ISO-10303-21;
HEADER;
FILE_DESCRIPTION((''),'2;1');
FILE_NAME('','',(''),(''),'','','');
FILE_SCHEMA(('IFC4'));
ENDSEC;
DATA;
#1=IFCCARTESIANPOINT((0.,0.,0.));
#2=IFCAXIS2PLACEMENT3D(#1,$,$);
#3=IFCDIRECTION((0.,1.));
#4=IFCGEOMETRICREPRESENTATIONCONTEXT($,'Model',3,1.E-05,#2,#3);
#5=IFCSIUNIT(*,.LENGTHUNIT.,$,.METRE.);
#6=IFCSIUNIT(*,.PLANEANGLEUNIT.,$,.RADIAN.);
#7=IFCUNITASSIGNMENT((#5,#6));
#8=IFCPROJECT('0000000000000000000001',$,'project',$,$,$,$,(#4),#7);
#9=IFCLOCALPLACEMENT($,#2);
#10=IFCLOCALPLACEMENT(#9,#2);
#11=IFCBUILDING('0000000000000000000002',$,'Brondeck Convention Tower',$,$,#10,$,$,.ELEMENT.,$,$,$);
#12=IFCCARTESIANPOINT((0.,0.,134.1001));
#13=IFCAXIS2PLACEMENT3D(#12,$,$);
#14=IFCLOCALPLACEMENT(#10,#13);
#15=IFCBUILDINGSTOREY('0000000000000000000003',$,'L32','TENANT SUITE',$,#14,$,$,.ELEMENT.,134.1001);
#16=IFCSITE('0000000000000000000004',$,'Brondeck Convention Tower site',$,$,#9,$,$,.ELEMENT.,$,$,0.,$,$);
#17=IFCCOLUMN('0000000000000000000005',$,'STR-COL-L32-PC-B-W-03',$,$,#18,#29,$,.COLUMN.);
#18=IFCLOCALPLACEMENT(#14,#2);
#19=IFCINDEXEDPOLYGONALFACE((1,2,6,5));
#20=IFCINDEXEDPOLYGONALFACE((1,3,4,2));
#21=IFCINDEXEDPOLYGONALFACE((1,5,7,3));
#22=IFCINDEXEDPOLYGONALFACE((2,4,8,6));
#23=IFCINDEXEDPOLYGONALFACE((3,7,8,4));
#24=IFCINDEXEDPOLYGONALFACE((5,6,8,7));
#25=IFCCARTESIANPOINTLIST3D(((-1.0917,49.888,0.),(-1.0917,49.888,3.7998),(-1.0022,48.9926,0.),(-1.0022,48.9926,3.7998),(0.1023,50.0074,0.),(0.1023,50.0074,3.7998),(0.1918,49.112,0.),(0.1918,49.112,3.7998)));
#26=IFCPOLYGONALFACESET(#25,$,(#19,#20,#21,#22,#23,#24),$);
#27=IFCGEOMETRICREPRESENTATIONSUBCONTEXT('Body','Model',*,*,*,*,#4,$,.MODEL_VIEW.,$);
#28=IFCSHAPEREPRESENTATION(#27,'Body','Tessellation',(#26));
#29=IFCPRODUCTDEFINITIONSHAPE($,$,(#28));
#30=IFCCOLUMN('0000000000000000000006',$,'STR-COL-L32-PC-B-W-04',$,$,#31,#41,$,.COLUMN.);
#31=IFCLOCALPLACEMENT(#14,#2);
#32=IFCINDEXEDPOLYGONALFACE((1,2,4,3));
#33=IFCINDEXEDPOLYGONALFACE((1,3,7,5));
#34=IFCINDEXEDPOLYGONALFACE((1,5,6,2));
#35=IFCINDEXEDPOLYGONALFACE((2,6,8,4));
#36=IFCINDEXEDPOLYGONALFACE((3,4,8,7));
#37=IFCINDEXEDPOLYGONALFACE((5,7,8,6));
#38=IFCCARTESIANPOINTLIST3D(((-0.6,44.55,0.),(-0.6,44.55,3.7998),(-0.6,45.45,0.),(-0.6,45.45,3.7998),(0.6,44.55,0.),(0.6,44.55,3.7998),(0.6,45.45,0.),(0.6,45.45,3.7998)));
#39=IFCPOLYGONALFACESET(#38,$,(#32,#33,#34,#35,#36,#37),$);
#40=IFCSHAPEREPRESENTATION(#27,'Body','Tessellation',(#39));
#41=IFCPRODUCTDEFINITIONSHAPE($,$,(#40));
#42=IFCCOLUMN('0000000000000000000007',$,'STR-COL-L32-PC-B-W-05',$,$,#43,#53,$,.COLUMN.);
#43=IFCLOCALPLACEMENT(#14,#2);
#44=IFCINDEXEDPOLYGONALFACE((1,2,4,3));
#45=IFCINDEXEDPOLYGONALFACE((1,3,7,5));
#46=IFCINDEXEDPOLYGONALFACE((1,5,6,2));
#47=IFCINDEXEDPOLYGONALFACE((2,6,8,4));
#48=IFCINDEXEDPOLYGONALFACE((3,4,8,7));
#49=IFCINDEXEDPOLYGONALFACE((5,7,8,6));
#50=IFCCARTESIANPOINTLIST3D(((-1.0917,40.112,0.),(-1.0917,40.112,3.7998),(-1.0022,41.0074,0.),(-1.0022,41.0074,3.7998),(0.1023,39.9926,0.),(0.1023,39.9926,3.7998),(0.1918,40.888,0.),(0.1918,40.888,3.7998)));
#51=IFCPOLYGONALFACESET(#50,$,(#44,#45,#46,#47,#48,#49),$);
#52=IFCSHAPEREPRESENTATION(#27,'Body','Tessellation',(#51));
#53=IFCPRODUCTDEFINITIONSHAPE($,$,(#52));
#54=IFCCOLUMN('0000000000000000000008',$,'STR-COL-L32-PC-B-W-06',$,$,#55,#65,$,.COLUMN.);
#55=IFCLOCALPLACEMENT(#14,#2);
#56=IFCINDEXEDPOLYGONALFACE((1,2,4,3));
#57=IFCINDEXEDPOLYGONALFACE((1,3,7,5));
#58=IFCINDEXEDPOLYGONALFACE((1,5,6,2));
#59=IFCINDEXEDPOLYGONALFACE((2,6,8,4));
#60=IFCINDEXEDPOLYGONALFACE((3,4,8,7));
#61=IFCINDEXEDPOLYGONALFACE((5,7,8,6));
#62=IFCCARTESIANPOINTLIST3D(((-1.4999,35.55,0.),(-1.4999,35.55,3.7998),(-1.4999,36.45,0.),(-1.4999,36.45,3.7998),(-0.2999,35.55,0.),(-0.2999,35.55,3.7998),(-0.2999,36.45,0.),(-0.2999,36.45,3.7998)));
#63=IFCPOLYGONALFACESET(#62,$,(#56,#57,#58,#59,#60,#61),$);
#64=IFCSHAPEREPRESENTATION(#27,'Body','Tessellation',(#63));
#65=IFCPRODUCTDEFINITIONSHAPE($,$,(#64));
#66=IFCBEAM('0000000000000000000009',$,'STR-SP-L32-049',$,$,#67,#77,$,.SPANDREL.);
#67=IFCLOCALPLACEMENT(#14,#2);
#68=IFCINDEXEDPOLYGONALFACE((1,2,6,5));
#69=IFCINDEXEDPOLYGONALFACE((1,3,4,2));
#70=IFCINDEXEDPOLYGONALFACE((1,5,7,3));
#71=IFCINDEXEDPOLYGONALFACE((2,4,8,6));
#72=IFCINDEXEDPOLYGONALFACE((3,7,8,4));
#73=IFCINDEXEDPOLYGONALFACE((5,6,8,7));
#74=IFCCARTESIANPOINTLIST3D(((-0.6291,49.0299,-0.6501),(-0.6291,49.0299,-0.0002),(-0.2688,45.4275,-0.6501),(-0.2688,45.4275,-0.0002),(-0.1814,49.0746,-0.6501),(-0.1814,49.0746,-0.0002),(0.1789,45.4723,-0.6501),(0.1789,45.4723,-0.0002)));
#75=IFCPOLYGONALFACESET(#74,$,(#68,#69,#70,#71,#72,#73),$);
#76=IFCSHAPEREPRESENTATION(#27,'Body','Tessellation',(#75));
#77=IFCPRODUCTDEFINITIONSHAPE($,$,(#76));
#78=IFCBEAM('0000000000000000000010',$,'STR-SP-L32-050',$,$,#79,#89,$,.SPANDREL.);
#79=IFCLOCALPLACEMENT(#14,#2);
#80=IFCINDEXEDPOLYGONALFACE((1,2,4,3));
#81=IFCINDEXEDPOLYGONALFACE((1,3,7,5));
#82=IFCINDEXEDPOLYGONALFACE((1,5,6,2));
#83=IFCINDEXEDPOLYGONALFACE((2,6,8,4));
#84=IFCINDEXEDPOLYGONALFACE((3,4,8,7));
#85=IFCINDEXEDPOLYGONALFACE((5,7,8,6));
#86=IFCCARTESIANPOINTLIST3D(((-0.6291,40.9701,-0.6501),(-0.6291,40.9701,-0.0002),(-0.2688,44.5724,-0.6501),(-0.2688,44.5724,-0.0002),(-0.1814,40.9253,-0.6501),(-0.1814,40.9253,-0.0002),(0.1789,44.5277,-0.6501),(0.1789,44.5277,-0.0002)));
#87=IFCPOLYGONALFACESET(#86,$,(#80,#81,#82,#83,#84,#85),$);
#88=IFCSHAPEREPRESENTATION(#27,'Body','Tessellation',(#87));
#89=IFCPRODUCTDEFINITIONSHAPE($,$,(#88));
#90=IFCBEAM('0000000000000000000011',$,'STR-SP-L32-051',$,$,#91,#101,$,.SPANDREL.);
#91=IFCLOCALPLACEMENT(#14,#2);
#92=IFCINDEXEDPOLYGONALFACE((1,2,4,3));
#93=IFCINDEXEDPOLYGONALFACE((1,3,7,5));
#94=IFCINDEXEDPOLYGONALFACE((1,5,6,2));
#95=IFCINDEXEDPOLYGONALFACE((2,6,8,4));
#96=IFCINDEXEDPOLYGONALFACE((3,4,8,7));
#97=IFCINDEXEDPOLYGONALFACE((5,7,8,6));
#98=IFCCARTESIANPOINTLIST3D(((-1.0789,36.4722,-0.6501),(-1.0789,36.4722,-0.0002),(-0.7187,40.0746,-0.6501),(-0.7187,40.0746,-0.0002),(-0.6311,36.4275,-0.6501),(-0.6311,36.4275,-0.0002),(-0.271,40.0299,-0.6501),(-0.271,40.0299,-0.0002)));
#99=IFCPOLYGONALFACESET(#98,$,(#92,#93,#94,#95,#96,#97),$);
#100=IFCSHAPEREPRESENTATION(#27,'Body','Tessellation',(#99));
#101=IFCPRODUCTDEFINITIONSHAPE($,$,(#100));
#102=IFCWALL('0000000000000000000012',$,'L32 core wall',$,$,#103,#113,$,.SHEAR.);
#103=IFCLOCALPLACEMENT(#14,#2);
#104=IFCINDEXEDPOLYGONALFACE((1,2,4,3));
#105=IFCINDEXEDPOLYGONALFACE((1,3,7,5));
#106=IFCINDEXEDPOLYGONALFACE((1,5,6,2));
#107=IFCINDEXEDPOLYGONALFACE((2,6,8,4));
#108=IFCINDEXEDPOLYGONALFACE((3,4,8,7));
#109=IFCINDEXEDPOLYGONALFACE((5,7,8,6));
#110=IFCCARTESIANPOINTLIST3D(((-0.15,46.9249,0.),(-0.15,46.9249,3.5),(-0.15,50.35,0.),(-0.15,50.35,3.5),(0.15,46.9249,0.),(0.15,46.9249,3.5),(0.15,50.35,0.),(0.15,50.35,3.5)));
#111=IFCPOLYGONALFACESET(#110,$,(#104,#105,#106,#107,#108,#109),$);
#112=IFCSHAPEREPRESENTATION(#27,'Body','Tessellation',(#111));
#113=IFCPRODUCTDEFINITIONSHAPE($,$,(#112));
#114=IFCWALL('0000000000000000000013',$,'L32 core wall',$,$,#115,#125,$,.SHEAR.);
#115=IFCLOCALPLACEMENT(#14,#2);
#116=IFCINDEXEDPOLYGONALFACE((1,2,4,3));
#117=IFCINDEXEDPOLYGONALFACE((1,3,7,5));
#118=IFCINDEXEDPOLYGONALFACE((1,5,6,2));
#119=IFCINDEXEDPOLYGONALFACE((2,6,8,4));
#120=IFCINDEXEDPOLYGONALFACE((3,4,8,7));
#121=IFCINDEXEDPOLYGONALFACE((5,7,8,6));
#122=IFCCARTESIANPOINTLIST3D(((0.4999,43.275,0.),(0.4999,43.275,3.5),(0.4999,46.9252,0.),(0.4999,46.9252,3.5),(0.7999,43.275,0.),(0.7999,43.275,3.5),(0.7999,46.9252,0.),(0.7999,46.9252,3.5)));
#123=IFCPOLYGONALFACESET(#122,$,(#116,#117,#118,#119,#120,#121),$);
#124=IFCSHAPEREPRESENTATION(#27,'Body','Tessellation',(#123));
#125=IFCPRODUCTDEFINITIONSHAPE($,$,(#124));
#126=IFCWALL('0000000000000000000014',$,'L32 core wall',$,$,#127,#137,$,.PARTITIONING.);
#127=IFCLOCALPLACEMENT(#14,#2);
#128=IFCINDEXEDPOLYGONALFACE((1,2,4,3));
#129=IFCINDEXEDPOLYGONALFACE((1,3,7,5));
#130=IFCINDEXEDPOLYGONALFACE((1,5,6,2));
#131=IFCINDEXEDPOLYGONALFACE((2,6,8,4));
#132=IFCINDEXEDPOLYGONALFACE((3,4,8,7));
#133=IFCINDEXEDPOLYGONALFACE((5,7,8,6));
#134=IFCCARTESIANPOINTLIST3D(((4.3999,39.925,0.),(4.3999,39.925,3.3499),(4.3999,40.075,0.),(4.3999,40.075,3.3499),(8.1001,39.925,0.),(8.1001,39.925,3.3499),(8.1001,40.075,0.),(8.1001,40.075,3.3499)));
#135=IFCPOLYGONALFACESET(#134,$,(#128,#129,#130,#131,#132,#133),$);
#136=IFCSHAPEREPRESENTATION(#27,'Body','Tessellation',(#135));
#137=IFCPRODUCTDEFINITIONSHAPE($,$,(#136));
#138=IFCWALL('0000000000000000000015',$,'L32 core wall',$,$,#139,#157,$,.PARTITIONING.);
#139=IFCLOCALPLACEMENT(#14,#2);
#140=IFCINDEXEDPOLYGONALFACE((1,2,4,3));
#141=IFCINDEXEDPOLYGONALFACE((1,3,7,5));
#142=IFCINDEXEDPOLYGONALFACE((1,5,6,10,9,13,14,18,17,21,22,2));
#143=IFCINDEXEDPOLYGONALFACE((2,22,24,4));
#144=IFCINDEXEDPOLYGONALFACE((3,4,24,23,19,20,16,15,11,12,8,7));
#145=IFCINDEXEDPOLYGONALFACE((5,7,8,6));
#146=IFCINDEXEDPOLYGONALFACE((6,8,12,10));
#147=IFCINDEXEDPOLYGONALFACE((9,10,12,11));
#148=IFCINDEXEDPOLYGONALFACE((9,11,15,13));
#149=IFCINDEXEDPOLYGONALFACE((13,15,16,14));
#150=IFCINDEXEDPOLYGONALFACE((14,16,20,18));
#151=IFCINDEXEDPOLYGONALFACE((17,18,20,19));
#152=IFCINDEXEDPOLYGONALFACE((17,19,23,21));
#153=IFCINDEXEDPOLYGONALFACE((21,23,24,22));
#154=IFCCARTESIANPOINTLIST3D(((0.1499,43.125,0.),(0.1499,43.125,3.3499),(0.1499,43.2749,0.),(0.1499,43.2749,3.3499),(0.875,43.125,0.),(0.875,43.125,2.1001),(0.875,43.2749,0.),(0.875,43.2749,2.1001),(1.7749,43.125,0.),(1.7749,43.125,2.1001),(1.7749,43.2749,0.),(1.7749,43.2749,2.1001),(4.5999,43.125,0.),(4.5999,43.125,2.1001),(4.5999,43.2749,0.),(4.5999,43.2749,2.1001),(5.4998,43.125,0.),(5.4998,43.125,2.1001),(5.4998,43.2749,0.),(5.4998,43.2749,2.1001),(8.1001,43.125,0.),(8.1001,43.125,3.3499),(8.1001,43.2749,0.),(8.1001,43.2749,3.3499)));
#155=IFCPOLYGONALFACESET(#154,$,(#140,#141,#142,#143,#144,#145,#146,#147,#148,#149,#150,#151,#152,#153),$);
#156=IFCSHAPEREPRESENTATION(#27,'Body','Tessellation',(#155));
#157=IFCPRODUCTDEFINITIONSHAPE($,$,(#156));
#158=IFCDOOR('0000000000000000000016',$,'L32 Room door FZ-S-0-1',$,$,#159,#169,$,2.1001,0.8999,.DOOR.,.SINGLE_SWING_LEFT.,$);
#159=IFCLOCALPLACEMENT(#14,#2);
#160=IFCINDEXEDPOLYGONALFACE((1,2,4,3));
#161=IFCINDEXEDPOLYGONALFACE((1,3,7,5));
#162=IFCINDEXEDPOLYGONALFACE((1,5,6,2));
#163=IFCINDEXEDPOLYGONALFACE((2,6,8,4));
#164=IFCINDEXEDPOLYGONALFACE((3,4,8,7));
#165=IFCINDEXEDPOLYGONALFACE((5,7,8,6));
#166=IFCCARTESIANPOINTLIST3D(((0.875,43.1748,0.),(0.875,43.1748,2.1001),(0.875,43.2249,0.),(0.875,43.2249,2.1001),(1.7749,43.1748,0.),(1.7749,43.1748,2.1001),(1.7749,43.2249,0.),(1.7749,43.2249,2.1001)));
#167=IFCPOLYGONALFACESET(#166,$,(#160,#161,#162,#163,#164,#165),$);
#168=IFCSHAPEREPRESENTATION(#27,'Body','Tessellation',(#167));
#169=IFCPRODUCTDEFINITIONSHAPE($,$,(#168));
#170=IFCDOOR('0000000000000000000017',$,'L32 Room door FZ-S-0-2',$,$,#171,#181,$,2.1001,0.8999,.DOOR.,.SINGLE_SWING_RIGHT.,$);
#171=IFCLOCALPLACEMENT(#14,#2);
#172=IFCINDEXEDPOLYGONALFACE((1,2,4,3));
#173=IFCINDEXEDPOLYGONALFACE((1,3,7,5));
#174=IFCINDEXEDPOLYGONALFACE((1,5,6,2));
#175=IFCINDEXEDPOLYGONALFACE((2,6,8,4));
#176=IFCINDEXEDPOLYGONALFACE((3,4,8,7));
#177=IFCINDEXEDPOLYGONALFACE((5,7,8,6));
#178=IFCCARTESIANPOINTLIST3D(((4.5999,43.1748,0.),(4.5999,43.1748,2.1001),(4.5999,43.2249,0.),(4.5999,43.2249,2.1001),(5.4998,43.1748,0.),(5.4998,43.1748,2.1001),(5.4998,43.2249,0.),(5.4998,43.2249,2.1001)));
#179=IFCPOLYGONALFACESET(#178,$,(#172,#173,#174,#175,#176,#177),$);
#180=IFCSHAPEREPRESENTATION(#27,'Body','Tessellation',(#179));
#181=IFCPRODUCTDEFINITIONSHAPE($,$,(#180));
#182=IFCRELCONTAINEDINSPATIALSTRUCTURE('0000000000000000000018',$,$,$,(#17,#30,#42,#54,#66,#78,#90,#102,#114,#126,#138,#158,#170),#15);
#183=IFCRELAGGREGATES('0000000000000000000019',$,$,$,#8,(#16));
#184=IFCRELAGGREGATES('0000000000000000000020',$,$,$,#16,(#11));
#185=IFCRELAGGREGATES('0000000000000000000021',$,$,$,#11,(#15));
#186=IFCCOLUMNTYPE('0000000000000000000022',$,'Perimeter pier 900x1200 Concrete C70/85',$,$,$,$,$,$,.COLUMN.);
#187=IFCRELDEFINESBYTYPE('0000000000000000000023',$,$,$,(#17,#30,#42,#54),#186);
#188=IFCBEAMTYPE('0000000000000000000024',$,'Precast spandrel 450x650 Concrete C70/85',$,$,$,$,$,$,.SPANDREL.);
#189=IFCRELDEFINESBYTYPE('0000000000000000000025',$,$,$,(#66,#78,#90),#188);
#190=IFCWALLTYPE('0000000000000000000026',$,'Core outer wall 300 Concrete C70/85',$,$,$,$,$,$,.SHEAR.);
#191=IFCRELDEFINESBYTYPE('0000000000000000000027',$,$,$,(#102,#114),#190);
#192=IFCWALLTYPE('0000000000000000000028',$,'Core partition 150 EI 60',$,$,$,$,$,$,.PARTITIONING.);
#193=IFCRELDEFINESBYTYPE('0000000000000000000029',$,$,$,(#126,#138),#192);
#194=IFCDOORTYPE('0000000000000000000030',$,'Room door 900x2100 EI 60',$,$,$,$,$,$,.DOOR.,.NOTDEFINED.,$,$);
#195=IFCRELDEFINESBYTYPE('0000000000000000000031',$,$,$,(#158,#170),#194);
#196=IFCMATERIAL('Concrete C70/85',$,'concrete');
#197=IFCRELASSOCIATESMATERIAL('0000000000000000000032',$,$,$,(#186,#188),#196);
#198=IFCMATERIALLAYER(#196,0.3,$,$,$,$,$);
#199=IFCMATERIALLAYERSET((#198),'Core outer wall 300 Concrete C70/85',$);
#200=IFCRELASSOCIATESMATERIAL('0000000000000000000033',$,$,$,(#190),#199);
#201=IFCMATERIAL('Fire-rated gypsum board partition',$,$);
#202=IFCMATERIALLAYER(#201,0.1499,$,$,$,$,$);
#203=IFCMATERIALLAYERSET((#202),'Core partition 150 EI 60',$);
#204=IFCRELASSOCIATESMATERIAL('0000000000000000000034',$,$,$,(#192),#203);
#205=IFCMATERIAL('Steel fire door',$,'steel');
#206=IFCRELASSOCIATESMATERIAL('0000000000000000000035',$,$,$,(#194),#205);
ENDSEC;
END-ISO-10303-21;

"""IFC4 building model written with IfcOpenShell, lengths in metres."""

from ifc_helpers import new_model, si_unit, direction, frame, frame_2d, origin, origin_2d, place, context, subcontext, project, spatial, rectangle, extrude, material, layer, layer_set, material_profile, profile_set, type_object, element, fill, save


model = new_model("IFC4")

# Units and contexts
model_context = context("Model", 3, precision=1e-05, world=origin(), true_north=direction((0.0, 1.0)))
body_context = subcontext(model_context, "Body", "Model", "MODEL_VIEW")
ifc_project = project(units=[si_unit("LENGTHUNIT", "METRE"), si_unit("PLANEANGLEUNIT", "RADIAN")], contexts=[model_context])

# Site, building, storey
site_placement = place(None, origin())
site = spatial("IfcSite", under=ifc_project, at=site_placement, Name="Brondeck Convention Tower site", CompositionType="ELEMENT", RefElevation=0.0)
building_placement = place(site_placement, origin())
building = spatial("IfcBuilding", under=site, at=building_placement, Name="Brondeck Convention Tower", CompositionType="ELEMENT")
storey_placement = place(building_placement, frame((0.0, 0.0, 134.1001)))
storey = spatial("IfcBuildingStorey", under=building, at=storey_placement, Name="L32", Description="TENANT SUITE", CompositionType="ELEMENT", Elevation=134.1001)

# Columns
ifc_material_1 = material(Name="Concrete C70/85", Category="concrete")
ifc_material_profile_1 = material_profile(ifc_material_1, rectangle(XDim=0.8999, YDim=1.2, at=origin_2d()), Name="Perimeter pier 900x1200 Concrete C70/85")
ifc_profile_set_1 = profile_set([ifc_material_profile_1], Name="Concrete C70/85")
column_type = type_object("IfcColumnType", Name="Perimeter pier 900x1200 Concrete C70/85", PredefinedType="COLUMN", material=ifc_profile_set_1)
for number, where, z_axis, x_axis, name in (
    (1, (-0.45, 49.5, 0.0), (0.0, 0.0, 1.0), (0.099504, -0.995037, 0.0), "STR-COL-L32-PC-B-W-03"),
    (2, (0.0, 45.0, 0.0), (0.0, 0.0, 1.0), (0.0, -1.0, 0.0), "STR-COL-L32-PC-B-W-04"),
    (3, (-0.45, 40.5, 0.0), (0.0, 0.0, 1.0), (-0.099504, -0.995037, 0.0), "STR-COL-L32-PC-B-W-05"),
    (4, (-0.8999, 36.0, 0.0), (0.0, 0.0, 1.0), (0.0, -1.0, 0.0), "STR-COL-L32-PC-B-W-06"),
):
    element("IfcColumn", number, at=place(storey_placement, frame(where, z_axis=z_axis, x_axis=x_axis)), inside=storey, type_object=column_type, Name=name, PredefinedType="COLUMN", context=body_context, shape_type="SweptSolid", body=[
        extrude(rectangle(XDim=0.8999, YDim=1.2, at=origin_2d()), origin(), (0.0, 0.0, 1.0), 3.7998),
    ])

# Beams
ifc_material_profile_2 = material_profile(ifc_material_1, rectangle(XDim=0.45, YDim=0.6499, at=origin_2d()), Name="Precast spandrel 450x650 Concrete C70/85")
ifc_profile_set_2 = profile_set([ifc_material_profile_2], Name="Concrete C70/85")
beam_type = type_object("IfcBeamType", Name="Precast spandrel 450x650 Concrete C70/85", PredefinedType="SPANDREL", material=ifc_profile_set_2)
for number, where, z_axis, x_axis, name in (
    (5, (-0.4053, 49.0522, -0.3252), (0.099537, -0.995034, 0.0), (0.995034, 0.099537, 0.0), "STR-SP-L32-049"),
    (6, (-0.0449, 44.55, -0.3252), (-0.099537, -0.995034, 0.0), (0.995034, -0.099537, 0.0), "STR-SP-L32-050"),
    (7, (-0.4949, 40.0522, -0.3252), (-0.09947, -0.995041, 0.0), (0.995041, -0.09947, 0.0), "STR-SP-L32-051"),
):
    element("IfcBeam", number, at=place(storey_placement, frame(where, z_axis=z_axis, x_axis=x_axis)), inside=storey, type_object=beam_type, Name=name, PredefinedType="SPANDREL", context=body_context, shape_type="SweptSolid", body=[
        extrude(rectangle(XDim=0.45, YDim=0.6499, at=origin_2d()), origin(), (0.0, 0.0, 1.0), 3.6204),
    ])

# Walls
ifc_layer_1 = layer(ifc_material_1, 0.3)
ifc_layer_set_1 = layer_set([ifc_layer_1], Name="Core outer wall 300 Concrete C70/85")
wall_type_1 = type_object("IfcWallType", Name="Core outer wall 300 Concrete C70/85", PredefinedType="SHEAR", material=ifc_layer_set_1)
wall_1_placement = place(storey_placement, frame((0.0, 46.925, 0.0), z_axis=(0.0, 0.0, 1.0), x_axis=(0.0, 1.0, 0.0)))
element("IfcWall", 8, at=wall_1_placement, inside=storey, type_object=wall_type_1, Name="L32 core wall", PredefinedType="SHEAR", context=body_context, shape_type="SweptSolid", body=[
    extrude(rectangle(XDim=3.425, YDim=0.3, at=frame_2d((1.7124, 0.0))), origin(), (0.0, 0.0, 1.0), 3.5),
])
wall_2_placement = place(storey_placement, frame((0.6499, 43.2749, 0.0), z_axis=(0.0, 0.0, 1.0), x_axis=(0.0, 1.0, 0.0)))
element("IfcWall", 9, at=wall_2_placement, inside=storey, type_object=wall_type_1, Name="L32 core wall", PredefinedType="SHEAR", context=body_context, shape_type="SweptSolid", body=[
    extrude(rectangle(XDim=3.6501, YDim=0.3, at=frame_2d((1.8252, 0.0))), origin(), (0.0, 0.0, 1.0), 3.5),
])
ifc_material_2 = material(Name="Fire-rated gypsum board partition")
ifc_layer_2 = layer(ifc_material_2, 0.1499)
ifc_layer_set_2 = layer_set([ifc_layer_2], Name="Core partition 150 EI 60")
wall_type_2 = type_object("IfcWallType", Name="Core partition 150 EI 60", PredefinedType="PARTITIONING", material=ifc_layer_set_2)
wall_3_placement = place(storey_placement, frame((4.3999, 40.0, 0.0), z_axis=(0.0, 0.0, 1.0), x_axis=(1.0, 0.0, 0.0)))
element("IfcWall", 10, at=wall_3_placement, inside=storey, type_object=wall_type_2, Name="L32 core wall", PredefinedType="PARTITIONING", context=body_context, shape_type="SweptSolid", body=[
    extrude(rectangle(XDim=3.7002, YDim=0.1499, at=frame_2d((1.8501, 0.0))), origin(), (0.0, 0.0, 1.0), 3.3499),
])

# Wall, openings, doors
wall_4_placement = place(storey_placement, frame((0.1499, 43.2, 0.0), z_axis=(0.0, 0.0, 1.0), x_axis=(1.0, 0.0, 0.0)))
wall_4 = element("IfcWall", 11, at=wall_4_placement, inside=storey, type_object=wall_type_2, Name="L32 core wall", PredefinedType="PARTITIONING", context=body_context, shape_type="SweptSolid", body=[
    extrude(rectangle(XDim=7.9502, YDim=0.1499, at=frame_2d((3.9751, 0.0))), origin(), (0.0, 0.0, 1.0), 3.3499),
])
opening_1_placement = place(wall_4_placement, frame((0.7251, 0.0, 0.0)))
opening_1 = element("IfcOpeningElement", 12, at=opening_1_placement, cuts=wall_4, PredefinedType="OPENING", context=body_context, shape_type="SweptSolid", body=[
    extrude(rectangle(XDim=0.8999, YDim=2.1001, at=frame_2d((0.45, 1.05))), frame((0.0, 0.085, 0.0), z_axis=(0.0, -1.0, 0.0), x_axis=(1.0, 0.0, 0.0)), (0.0, 0.0, 1.0), 0.1699),
])
opening_2_placement = place(wall_4_placement, frame((4.45, 0.0, 0.0)))
opening_2 = element("IfcOpeningElement", 13, at=opening_2_placement, cuts=wall_4, PredefinedType="OPENING", context=body_context, shape_type="SweptSolid", body=[
    extrude(rectangle(XDim=0.8999, YDim=2.1001, at=frame_2d((0.45, 1.05))), frame((0.0, 0.085, 0.0), z_axis=(0.0, -1.0, 0.0), x_axis=(1.0, 0.0, 0.0)), (0.0, 0.0, 1.0), 0.1699),
])
ifc_material_3 = material(Name="Steel fire door", Category="steel")
door_type_1 = type_object("IfcDoorType", Name="Room door 900x2100 EI 60", OperationType="NOTDEFINED", PredefinedType="DOOR", material=ifc_material_3)
door_1_placement = place(opening_1_placement, origin())
door_1 = element("IfcDoor", 14, at=door_1_placement, inside=storey, type_object=door_type_1, Name="L32 Room door FZ-S-0-1", OperationType="SINGLE_SWING_LEFT", OverallHeight=2.1001, OverallWidth=0.8999, PredefinedType="DOOR", context=body_context, shape_type="SweptSolid", body=[
    extrude(rectangle(XDim=0.8999, YDim=2.1001, at=frame_2d((0.45, 1.05))), frame((0.0, 0.0249, 0.0), z_axis=(0.0, -1.0, 0.0), x_axis=(1.0, 0.0, 0.0)), (0.0, 0.0, 1.0), 0.05),
])
fill(opening_1, door_1)
door_2_placement = place(opening_2_placement, origin())
door_2 = element("IfcDoor", 15, at=door_2_placement, inside=storey, type_object=door_type_1, Name="L32 Room door FZ-S-0-2", OperationType="SINGLE_SWING_RIGHT", OverallHeight=2.1001, OverallWidth=0.8999, PredefinedType="DOOR", context=body_context, shape_type="SweptSolid", body=[
    extrude(rectangle(XDim=0.8999, YDim=2.1001, at=frame_2d((0.45, 1.05))), frame((0.0, 0.0249, 0.0), z_axis=(0.0, -1.0, 0.0), x_axis=(1.0, 0.0, 0.0)), (0.0, 0.0, 1.0), 0.05),
])
fill(opening_2, door_2)

save(model, "model.ifc")
